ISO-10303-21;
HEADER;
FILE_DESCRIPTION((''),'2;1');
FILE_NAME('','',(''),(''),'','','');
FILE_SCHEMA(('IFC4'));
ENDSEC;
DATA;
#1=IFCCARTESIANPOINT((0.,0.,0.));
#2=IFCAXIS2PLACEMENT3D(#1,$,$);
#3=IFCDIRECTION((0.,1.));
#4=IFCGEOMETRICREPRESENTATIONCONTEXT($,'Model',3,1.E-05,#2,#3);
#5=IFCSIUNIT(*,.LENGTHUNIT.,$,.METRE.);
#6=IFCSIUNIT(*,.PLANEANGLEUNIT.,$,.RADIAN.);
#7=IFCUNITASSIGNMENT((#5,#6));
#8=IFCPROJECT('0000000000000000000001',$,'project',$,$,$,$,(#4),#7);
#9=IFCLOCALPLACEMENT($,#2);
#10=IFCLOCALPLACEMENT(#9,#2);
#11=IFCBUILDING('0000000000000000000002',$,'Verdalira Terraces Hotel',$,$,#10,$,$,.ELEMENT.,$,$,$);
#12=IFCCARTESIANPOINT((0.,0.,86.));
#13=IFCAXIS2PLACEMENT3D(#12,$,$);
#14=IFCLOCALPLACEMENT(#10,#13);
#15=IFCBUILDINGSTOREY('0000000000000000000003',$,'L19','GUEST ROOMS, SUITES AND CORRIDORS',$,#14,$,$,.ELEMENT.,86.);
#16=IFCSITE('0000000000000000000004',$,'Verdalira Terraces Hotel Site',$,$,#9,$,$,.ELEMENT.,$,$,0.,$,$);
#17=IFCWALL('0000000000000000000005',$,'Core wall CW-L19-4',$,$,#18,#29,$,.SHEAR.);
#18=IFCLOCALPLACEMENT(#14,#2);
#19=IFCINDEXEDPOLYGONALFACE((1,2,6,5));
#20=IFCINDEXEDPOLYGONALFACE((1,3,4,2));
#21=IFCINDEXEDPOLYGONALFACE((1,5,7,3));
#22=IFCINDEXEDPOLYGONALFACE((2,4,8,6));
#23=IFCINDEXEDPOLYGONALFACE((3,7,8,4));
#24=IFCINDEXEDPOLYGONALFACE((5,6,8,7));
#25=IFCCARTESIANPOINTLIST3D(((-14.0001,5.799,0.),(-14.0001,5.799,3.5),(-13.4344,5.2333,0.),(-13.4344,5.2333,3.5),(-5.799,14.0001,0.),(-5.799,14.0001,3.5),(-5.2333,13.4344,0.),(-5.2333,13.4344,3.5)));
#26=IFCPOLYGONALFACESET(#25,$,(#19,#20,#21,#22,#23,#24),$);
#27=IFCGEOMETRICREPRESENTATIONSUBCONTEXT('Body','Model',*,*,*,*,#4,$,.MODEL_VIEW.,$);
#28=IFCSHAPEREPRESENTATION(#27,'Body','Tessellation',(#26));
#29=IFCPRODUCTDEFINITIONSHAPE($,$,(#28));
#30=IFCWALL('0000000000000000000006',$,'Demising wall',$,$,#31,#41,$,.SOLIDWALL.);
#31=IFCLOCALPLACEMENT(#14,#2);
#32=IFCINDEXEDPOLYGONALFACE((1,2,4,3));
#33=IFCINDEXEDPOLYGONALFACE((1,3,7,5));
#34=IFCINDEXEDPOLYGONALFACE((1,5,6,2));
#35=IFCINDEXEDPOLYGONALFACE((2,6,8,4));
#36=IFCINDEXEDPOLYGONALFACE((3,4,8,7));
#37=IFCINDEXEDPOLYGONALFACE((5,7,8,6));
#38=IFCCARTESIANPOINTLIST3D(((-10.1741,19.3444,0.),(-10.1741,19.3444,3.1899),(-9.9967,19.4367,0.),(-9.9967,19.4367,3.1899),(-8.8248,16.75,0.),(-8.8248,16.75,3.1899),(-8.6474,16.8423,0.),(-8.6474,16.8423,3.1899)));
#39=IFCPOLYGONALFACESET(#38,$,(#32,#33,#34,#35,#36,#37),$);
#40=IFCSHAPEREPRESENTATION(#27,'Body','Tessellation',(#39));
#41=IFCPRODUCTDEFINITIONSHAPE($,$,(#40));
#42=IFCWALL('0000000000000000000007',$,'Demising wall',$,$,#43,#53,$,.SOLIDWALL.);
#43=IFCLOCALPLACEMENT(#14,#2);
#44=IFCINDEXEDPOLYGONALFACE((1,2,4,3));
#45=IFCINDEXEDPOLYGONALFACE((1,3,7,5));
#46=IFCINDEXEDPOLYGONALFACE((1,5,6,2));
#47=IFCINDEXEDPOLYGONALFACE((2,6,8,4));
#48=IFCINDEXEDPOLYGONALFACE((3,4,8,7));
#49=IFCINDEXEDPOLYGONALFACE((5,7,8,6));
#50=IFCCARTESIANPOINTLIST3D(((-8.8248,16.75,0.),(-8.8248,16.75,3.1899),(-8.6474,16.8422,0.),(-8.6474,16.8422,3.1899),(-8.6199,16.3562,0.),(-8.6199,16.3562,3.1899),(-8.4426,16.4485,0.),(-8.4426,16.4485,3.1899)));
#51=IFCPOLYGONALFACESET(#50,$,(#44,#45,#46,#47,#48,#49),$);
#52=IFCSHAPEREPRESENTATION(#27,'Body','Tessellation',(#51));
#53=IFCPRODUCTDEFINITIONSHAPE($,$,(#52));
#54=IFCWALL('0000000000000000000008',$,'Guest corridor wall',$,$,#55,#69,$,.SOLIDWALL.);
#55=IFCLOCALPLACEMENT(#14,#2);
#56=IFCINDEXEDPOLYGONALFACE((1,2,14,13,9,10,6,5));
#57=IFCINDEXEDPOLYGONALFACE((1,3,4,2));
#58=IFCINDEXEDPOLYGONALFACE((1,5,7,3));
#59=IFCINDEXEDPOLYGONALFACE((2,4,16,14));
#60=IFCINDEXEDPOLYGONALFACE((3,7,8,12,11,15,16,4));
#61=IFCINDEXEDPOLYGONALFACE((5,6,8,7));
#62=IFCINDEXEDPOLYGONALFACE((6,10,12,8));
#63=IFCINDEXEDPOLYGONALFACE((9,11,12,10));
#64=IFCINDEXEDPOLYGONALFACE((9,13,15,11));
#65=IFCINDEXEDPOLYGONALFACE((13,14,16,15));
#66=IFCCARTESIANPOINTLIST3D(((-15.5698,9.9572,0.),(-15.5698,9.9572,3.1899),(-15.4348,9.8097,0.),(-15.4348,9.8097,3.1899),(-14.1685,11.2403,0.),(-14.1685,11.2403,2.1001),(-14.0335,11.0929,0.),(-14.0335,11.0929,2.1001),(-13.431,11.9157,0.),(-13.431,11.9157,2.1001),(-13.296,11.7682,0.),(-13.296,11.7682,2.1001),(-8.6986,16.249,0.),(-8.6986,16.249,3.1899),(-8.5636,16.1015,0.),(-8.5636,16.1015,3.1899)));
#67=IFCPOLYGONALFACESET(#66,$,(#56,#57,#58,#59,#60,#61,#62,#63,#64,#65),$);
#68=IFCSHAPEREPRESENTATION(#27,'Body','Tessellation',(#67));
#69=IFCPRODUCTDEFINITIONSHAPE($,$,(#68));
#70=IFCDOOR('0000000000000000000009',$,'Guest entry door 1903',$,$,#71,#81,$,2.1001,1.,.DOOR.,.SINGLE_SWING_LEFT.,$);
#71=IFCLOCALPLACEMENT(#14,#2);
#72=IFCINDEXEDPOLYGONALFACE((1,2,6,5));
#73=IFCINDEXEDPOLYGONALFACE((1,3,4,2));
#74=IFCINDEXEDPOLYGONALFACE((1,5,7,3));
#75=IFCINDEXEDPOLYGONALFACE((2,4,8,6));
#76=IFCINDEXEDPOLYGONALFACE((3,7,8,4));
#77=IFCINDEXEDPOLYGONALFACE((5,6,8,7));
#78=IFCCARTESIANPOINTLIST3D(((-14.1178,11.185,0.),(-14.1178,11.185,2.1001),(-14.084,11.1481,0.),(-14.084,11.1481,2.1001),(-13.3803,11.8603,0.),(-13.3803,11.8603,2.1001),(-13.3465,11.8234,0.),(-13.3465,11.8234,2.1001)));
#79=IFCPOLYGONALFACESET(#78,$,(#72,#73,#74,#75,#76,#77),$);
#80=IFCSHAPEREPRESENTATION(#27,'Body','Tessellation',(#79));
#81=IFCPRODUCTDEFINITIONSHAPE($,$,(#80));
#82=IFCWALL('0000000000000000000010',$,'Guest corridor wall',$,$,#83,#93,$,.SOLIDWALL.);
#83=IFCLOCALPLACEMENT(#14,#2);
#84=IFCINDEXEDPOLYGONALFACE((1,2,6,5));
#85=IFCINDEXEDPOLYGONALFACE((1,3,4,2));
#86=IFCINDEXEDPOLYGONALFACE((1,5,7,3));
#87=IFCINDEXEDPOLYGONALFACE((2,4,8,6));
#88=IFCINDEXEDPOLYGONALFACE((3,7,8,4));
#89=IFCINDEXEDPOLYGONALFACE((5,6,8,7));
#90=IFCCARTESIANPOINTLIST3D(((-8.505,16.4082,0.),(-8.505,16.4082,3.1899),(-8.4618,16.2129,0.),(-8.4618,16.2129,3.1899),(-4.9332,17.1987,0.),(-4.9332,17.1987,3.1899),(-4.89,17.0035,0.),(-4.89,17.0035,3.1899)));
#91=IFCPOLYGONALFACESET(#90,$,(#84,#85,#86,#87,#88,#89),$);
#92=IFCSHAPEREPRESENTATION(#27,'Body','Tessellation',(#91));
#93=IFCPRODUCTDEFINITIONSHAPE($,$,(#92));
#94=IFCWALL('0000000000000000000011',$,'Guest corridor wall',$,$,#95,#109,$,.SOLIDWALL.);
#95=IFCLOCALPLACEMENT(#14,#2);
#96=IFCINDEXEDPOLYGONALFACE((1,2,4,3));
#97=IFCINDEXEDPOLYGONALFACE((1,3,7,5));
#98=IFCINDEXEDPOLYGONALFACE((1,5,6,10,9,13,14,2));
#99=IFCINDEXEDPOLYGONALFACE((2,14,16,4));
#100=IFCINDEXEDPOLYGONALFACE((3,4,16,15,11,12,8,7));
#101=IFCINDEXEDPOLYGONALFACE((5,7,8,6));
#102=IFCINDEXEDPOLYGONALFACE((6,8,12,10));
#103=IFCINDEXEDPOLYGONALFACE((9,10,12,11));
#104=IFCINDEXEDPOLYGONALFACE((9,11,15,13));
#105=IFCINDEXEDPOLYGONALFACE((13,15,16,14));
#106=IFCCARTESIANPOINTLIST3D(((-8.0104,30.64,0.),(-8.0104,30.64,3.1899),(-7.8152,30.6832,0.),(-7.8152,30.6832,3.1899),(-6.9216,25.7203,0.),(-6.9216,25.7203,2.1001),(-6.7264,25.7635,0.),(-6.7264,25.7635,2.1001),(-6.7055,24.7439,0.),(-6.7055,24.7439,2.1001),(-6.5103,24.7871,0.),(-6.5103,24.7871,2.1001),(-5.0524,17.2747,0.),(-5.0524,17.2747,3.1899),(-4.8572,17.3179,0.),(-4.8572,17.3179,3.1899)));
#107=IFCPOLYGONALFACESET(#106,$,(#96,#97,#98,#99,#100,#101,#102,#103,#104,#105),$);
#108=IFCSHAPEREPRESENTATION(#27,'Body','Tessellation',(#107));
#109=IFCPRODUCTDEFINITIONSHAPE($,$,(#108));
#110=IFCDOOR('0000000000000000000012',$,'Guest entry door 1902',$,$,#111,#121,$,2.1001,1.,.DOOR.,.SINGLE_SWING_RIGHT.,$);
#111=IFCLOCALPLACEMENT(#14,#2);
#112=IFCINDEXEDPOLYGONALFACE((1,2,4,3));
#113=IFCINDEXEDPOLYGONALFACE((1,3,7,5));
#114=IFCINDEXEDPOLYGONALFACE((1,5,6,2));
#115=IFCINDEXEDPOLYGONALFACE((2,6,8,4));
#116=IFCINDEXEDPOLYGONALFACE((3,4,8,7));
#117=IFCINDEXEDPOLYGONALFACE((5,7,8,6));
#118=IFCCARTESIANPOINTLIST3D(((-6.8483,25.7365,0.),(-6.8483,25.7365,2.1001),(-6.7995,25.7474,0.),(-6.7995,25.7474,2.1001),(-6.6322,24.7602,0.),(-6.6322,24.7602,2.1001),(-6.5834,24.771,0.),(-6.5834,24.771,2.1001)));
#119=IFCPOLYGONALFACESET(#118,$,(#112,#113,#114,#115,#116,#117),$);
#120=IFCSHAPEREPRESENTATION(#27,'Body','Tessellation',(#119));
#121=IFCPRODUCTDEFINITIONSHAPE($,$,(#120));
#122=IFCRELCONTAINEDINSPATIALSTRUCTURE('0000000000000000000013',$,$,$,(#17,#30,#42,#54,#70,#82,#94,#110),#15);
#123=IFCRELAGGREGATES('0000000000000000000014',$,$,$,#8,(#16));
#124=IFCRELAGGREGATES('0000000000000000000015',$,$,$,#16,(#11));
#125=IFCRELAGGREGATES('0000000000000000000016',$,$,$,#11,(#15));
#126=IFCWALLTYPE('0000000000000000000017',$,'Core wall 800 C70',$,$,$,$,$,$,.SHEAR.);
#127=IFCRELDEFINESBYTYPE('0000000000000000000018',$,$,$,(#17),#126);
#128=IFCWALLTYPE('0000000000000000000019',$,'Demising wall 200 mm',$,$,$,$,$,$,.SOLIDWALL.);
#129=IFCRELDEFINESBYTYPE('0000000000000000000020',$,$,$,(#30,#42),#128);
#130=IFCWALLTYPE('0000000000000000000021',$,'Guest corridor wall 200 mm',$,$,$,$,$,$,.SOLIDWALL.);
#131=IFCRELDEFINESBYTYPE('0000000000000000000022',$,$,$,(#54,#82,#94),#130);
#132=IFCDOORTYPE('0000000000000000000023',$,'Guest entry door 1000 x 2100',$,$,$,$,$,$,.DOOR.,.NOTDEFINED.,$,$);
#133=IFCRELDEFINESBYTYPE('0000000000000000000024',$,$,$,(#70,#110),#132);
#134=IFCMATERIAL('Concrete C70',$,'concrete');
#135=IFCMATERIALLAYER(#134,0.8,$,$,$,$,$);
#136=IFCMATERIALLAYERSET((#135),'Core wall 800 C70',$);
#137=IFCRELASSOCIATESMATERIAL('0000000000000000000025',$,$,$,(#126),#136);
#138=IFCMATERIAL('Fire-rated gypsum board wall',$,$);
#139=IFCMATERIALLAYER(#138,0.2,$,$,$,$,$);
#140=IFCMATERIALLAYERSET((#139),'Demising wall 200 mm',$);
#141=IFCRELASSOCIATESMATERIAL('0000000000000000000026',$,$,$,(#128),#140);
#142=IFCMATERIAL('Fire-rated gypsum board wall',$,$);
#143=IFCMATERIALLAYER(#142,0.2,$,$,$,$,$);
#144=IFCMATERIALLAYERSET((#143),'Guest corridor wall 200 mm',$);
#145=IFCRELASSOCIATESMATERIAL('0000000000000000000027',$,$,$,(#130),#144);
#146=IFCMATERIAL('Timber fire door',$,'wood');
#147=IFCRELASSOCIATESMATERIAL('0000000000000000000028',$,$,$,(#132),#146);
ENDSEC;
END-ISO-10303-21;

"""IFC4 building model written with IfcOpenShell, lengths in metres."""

from ifc_helpers import new_model, si_unit, direction, frame, frame_2d, origin, place, context, subcontext, project, spatial, rectangle, extrude, material, layer, layer_set, type_object, element, fill, save


model = new_model("IFC4")

# Units and contexts
model_context = context("Model", 3, precision=1e-05, world=origin(), true_north=direction((0.0, 1.0)))
body_context = subcontext(model_context, "Body", "Model", "MODEL_VIEW")
ifc_project = project(units=[si_unit("LENGTHUNIT", "METRE"), si_unit("PLANEANGLEUNIT", "RADIAN")], contexts=[model_context])

# Site, building, storey
site_placement = place(None, origin())
site = spatial("IfcSite", under=ifc_project, at=site_placement, Name="Verdalira Terraces Hotel Site", CompositionType="ELEMENT", RefElevation=0.0)
building_placement = place(site_placement, origin())
building = spatial("IfcBuilding", under=site, at=building_placement, Name="Verdalira Terraces Hotel", CompositionType="ELEMENT")
storey_placement = place(building_placement, frame((0.0, 0.0, 86.0)))
storey = spatial("IfcBuildingStorey", under=building, at=storey_placement, Name="L19", Description="GUEST ROOMS, SUITES AND CORRIDORS", CompositionType="ELEMENT", Elevation=86.0)

# Walls
ifc_material_1 = material(Name="Concrete C70", Category="concrete")
ifc_layer_1 = layer(ifc_material_1, 0.8)
ifc_layer_set_1 = layer_set([ifc_layer_1], Name="Core wall 800 C70")
wall_type_1 = type_object("IfcWallType", Name="Core wall 800 C70", PredefinedType="SHEAR", material=ifc_layer_set_1)
wall_1_placement = place(storey_placement, frame((-5.5161, 13.7173, 0.0), z_axis=(0.0, 0.0, 1.0), x_axis=(-0.707107, -0.707107, 0.0)))
element("IfcWall", 1, at=wall_1_placement, inside=storey, type_object=wall_type_1, Name="Core wall CW-L19-4", PredefinedType="SHEAR", context=body_context, shape_type="SweptSolid", body=[
    extrude(rectangle(XDim=11.5981, YDim=0.8, at=frame_2d((5.7991, 0.0))), origin(), (0.0, 0.0, 1.0), 3.5),
])
ifc_material_2 = material(Name="Fire-rated gypsum board wall")
ifc_layer_2 = layer(ifc_material_2, 0.2)
ifc_layer_set_2 = layer_set([ifc_layer_2], Name="Demising wall 200 mm")
wall_type_2 = type_object("IfcWallType", Name="Demising wall 200 mm", PredefinedType="SOLIDWALL", material=ifc_layer_set_2)
wall_2_placement = place(storey_placement, frame((-8.7361, 16.7961, 0.0), z_axis=(0.0, 0.0, 1.0), x_axis=(-0.461416, 0.887184, 0.0)))
element("IfcWall", 2, at=wall_2_placement, inside=storey, type_object=wall_type_2, Name="Demising wall", PredefinedType="SOLIDWALL", context=body_context, shape_type="SweptSolid", body=[
    extrude(rectangle(XDim=2.9243, YDim=0.2, at=frame_2d((1.4622, 0.0))), origin(), (0.0, 0.0, 1.0), 3.1899),
])
wall_3_placement = place(storey_placement, frame((-8.5312, 16.4023, 0.0), z_axis=(0.0, 0.0, 1.0), x_axis=(-0.461457, 0.887163, 0.0)))
element("IfcWall", 3, at=wall_3_placement, inside=storey, type_object=wall_type_2, Name="Demising wall", PredefinedType="SOLIDWALL", context=body_context, shape_type="SweptSolid", body=[
    extrude(rectangle(XDim=0.4438, YDim=0.2, at=frame_2d((0.2219, 0.0))), origin(), (0.0, 0.0, 1.0), 3.1899),
])

# Wall, opening, door
ifc_material_3 = material(Name="Fire-rated gypsum board wall")
ifc_layer_3 = layer(ifc_material_3, 0.2)
ifc_layer_set_3 = layer_set([ifc_layer_3], Name="Guest corridor wall 200 mm")
wall_type_3 = type_object("IfcWallType", Name="Guest corridor wall 200 mm", PredefinedType="SOLIDWALL", material=ifc_layer_set_3)
wall_4_placement = place(storey_placement, frame((-15.5022, 9.8835, 0.0), z_axis=(0.0, 0.0, 1.0), x_axis=(0.737515, 0.675331, 0.0)))
wall_4 = element("IfcWall", 4, at=wall_4_placement, inside=storey, type_object=wall_type_3, Name="Guest corridor wall", PredefinedType="SOLIDWALL", context=body_context, shape_type="SweptSolid", body=[
    extrude(rectangle(XDim=9.3166, YDim=0.2, at=frame_2d((4.6582, 0.0))), origin(), (0.0, 0.0, 1.0), 3.1899),
])
opening_1_placement = place(wall_4_placement, frame((1.8999, 0.0, 0.0)))
opening_1 = element("IfcOpeningElement", 5, at=opening_1_placement, cuts=wall_4, PredefinedType="OPENING", context=body_context, shape_type="SweptSolid", body=[
    extrude(rectangle(XDim=1.0, YDim=2.1001, at=frame_2d((0.5, 1.05))), frame((0.0, 0.1099, 0.0), z_axis=(0.0, -1.0, 0.0), x_axis=(1.0, 0.0, 0.0)), (0.0, 0.0, 1.0), 0.22),
])
ifc_material_4 = material(Name="Timber fire door", Category="wood")
door_type_1 = type_object("IfcDoorType", Name="Guest entry door 1000 x 2100", OperationType="NOTDEFINED", PredefinedType="DOOR", material=ifc_material_4)
door_1_placement = place(opening_1_placement, origin())
door_1 = element("IfcDoor", 6, at=door_1_placement, inside=storey, type_object=door_type_1, Name="Guest entry door 1903", OperationType="SINGLE_SWING_LEFT", OverallHeight=2.1001, OverallWidth=1.0, PredefinedType="DOOR", context=body_context, shape_type="SweptSolid", body=[
    extrude(rectangle(XDim=1.0, YDim=2.1001, at=frame_2d((0.5, 1.05))), frame((0.0, 0.0249, 0.0), z_axis=(0.0, -1.0, 0.0), x_axis=(1.0, 0.0, 0.0)), (0.0, 0.0, 1.0), 0.05),
])
fill(opening_1, door_1)

# Wall
wall_5_placement = place(storey_placement, frame((-4.9116, 17.1011, 0.0), z_axis=(0.0, 0.0, 1.0), x_axis=(-0.976372, -0.216097, 0.0)))
element("IfcWall", 7, at=wall_5_placement, inside=storey, type_object=wall_type_3, Name="Guest corridor wall", PredefinedType="SOLIDWALL", context=body_context, shape_type="SweptSolid", body=[
    extrude(rectangle(XDim=3.6582, YDim=0.2, at=frame_2d((1.8291, 0.0))), origin(), (0.0, 0.0, 1.0), 3.1899),
])

# Wall, opening, door
wall_6_placement = place(storey_placement, frame((-4.9548, 17.2964, 0.0), z_axis=(0.0, 0.0, 1.0), x_axis=(-0.216092, 0.976373, 0.0)))
wall_6 = element("IfcWall", 8, at=wall_6_placement, inside=storey, type_object=wall_type_3, Name="Guest corridor wall", PredefinedType="SOLIDWALL", context=body_context, shape_type="SweptSolid", body=[
    extrude(rectangle(XDim=13.6887, YDim=0.2, at=frame_2d((6.8442, 0.0))), origin(), (0.0, 0.0, 1.0), 3.1899),
])
opening_2_placement = place(wall_6_placement, frame((7.6499, 0.0, 0.0)))
opening_2 = element("IfcOpeningElement", 9, at=opening_2_placement, cuts=wall_6, PredefinedType="OPENING", context=body_context, shape_type="SweptSolid", body=[
    extrude(rectangle(XDim=1.0, YDim=2.1001, at=frame_2d((0.5, 1.05))), frame((0.0, 0.1099, 0.0), z_axis=(0.0, -1.0, 0.0), x_axis=(1.0, 0.0, 0.0)), (0.0, 0.0, 1.0), 0.22),
])
door_2_placement = place(opening_2_placement, origin())
door_2 = element("IfcDoor", 10, at=door_2_placement, inside=storey, type_object=door_type_1, Name="Guest entry door 1902", OperationType="SINGLE_SWING_RIGHT", OverallHeight=2.1001, OverallWidth=1.0, PredefinedType="DOOR", context=body_context, shape_type="SweptSolid", body=[
    extrude(rectangle(XDim=1.0, YDim=2.1001, at=frame_2d((0.5, 1.05))), frame((0.0, 0.0249, 0.0), z_axis=(0.0, -1.0, 0.0), x_axis=(1.0, 0.0, 0.0)), (0.0, 0.0, 1.0), 0.05),
])
fill(opening_2, door_2)

save(model, "model.ifc")
